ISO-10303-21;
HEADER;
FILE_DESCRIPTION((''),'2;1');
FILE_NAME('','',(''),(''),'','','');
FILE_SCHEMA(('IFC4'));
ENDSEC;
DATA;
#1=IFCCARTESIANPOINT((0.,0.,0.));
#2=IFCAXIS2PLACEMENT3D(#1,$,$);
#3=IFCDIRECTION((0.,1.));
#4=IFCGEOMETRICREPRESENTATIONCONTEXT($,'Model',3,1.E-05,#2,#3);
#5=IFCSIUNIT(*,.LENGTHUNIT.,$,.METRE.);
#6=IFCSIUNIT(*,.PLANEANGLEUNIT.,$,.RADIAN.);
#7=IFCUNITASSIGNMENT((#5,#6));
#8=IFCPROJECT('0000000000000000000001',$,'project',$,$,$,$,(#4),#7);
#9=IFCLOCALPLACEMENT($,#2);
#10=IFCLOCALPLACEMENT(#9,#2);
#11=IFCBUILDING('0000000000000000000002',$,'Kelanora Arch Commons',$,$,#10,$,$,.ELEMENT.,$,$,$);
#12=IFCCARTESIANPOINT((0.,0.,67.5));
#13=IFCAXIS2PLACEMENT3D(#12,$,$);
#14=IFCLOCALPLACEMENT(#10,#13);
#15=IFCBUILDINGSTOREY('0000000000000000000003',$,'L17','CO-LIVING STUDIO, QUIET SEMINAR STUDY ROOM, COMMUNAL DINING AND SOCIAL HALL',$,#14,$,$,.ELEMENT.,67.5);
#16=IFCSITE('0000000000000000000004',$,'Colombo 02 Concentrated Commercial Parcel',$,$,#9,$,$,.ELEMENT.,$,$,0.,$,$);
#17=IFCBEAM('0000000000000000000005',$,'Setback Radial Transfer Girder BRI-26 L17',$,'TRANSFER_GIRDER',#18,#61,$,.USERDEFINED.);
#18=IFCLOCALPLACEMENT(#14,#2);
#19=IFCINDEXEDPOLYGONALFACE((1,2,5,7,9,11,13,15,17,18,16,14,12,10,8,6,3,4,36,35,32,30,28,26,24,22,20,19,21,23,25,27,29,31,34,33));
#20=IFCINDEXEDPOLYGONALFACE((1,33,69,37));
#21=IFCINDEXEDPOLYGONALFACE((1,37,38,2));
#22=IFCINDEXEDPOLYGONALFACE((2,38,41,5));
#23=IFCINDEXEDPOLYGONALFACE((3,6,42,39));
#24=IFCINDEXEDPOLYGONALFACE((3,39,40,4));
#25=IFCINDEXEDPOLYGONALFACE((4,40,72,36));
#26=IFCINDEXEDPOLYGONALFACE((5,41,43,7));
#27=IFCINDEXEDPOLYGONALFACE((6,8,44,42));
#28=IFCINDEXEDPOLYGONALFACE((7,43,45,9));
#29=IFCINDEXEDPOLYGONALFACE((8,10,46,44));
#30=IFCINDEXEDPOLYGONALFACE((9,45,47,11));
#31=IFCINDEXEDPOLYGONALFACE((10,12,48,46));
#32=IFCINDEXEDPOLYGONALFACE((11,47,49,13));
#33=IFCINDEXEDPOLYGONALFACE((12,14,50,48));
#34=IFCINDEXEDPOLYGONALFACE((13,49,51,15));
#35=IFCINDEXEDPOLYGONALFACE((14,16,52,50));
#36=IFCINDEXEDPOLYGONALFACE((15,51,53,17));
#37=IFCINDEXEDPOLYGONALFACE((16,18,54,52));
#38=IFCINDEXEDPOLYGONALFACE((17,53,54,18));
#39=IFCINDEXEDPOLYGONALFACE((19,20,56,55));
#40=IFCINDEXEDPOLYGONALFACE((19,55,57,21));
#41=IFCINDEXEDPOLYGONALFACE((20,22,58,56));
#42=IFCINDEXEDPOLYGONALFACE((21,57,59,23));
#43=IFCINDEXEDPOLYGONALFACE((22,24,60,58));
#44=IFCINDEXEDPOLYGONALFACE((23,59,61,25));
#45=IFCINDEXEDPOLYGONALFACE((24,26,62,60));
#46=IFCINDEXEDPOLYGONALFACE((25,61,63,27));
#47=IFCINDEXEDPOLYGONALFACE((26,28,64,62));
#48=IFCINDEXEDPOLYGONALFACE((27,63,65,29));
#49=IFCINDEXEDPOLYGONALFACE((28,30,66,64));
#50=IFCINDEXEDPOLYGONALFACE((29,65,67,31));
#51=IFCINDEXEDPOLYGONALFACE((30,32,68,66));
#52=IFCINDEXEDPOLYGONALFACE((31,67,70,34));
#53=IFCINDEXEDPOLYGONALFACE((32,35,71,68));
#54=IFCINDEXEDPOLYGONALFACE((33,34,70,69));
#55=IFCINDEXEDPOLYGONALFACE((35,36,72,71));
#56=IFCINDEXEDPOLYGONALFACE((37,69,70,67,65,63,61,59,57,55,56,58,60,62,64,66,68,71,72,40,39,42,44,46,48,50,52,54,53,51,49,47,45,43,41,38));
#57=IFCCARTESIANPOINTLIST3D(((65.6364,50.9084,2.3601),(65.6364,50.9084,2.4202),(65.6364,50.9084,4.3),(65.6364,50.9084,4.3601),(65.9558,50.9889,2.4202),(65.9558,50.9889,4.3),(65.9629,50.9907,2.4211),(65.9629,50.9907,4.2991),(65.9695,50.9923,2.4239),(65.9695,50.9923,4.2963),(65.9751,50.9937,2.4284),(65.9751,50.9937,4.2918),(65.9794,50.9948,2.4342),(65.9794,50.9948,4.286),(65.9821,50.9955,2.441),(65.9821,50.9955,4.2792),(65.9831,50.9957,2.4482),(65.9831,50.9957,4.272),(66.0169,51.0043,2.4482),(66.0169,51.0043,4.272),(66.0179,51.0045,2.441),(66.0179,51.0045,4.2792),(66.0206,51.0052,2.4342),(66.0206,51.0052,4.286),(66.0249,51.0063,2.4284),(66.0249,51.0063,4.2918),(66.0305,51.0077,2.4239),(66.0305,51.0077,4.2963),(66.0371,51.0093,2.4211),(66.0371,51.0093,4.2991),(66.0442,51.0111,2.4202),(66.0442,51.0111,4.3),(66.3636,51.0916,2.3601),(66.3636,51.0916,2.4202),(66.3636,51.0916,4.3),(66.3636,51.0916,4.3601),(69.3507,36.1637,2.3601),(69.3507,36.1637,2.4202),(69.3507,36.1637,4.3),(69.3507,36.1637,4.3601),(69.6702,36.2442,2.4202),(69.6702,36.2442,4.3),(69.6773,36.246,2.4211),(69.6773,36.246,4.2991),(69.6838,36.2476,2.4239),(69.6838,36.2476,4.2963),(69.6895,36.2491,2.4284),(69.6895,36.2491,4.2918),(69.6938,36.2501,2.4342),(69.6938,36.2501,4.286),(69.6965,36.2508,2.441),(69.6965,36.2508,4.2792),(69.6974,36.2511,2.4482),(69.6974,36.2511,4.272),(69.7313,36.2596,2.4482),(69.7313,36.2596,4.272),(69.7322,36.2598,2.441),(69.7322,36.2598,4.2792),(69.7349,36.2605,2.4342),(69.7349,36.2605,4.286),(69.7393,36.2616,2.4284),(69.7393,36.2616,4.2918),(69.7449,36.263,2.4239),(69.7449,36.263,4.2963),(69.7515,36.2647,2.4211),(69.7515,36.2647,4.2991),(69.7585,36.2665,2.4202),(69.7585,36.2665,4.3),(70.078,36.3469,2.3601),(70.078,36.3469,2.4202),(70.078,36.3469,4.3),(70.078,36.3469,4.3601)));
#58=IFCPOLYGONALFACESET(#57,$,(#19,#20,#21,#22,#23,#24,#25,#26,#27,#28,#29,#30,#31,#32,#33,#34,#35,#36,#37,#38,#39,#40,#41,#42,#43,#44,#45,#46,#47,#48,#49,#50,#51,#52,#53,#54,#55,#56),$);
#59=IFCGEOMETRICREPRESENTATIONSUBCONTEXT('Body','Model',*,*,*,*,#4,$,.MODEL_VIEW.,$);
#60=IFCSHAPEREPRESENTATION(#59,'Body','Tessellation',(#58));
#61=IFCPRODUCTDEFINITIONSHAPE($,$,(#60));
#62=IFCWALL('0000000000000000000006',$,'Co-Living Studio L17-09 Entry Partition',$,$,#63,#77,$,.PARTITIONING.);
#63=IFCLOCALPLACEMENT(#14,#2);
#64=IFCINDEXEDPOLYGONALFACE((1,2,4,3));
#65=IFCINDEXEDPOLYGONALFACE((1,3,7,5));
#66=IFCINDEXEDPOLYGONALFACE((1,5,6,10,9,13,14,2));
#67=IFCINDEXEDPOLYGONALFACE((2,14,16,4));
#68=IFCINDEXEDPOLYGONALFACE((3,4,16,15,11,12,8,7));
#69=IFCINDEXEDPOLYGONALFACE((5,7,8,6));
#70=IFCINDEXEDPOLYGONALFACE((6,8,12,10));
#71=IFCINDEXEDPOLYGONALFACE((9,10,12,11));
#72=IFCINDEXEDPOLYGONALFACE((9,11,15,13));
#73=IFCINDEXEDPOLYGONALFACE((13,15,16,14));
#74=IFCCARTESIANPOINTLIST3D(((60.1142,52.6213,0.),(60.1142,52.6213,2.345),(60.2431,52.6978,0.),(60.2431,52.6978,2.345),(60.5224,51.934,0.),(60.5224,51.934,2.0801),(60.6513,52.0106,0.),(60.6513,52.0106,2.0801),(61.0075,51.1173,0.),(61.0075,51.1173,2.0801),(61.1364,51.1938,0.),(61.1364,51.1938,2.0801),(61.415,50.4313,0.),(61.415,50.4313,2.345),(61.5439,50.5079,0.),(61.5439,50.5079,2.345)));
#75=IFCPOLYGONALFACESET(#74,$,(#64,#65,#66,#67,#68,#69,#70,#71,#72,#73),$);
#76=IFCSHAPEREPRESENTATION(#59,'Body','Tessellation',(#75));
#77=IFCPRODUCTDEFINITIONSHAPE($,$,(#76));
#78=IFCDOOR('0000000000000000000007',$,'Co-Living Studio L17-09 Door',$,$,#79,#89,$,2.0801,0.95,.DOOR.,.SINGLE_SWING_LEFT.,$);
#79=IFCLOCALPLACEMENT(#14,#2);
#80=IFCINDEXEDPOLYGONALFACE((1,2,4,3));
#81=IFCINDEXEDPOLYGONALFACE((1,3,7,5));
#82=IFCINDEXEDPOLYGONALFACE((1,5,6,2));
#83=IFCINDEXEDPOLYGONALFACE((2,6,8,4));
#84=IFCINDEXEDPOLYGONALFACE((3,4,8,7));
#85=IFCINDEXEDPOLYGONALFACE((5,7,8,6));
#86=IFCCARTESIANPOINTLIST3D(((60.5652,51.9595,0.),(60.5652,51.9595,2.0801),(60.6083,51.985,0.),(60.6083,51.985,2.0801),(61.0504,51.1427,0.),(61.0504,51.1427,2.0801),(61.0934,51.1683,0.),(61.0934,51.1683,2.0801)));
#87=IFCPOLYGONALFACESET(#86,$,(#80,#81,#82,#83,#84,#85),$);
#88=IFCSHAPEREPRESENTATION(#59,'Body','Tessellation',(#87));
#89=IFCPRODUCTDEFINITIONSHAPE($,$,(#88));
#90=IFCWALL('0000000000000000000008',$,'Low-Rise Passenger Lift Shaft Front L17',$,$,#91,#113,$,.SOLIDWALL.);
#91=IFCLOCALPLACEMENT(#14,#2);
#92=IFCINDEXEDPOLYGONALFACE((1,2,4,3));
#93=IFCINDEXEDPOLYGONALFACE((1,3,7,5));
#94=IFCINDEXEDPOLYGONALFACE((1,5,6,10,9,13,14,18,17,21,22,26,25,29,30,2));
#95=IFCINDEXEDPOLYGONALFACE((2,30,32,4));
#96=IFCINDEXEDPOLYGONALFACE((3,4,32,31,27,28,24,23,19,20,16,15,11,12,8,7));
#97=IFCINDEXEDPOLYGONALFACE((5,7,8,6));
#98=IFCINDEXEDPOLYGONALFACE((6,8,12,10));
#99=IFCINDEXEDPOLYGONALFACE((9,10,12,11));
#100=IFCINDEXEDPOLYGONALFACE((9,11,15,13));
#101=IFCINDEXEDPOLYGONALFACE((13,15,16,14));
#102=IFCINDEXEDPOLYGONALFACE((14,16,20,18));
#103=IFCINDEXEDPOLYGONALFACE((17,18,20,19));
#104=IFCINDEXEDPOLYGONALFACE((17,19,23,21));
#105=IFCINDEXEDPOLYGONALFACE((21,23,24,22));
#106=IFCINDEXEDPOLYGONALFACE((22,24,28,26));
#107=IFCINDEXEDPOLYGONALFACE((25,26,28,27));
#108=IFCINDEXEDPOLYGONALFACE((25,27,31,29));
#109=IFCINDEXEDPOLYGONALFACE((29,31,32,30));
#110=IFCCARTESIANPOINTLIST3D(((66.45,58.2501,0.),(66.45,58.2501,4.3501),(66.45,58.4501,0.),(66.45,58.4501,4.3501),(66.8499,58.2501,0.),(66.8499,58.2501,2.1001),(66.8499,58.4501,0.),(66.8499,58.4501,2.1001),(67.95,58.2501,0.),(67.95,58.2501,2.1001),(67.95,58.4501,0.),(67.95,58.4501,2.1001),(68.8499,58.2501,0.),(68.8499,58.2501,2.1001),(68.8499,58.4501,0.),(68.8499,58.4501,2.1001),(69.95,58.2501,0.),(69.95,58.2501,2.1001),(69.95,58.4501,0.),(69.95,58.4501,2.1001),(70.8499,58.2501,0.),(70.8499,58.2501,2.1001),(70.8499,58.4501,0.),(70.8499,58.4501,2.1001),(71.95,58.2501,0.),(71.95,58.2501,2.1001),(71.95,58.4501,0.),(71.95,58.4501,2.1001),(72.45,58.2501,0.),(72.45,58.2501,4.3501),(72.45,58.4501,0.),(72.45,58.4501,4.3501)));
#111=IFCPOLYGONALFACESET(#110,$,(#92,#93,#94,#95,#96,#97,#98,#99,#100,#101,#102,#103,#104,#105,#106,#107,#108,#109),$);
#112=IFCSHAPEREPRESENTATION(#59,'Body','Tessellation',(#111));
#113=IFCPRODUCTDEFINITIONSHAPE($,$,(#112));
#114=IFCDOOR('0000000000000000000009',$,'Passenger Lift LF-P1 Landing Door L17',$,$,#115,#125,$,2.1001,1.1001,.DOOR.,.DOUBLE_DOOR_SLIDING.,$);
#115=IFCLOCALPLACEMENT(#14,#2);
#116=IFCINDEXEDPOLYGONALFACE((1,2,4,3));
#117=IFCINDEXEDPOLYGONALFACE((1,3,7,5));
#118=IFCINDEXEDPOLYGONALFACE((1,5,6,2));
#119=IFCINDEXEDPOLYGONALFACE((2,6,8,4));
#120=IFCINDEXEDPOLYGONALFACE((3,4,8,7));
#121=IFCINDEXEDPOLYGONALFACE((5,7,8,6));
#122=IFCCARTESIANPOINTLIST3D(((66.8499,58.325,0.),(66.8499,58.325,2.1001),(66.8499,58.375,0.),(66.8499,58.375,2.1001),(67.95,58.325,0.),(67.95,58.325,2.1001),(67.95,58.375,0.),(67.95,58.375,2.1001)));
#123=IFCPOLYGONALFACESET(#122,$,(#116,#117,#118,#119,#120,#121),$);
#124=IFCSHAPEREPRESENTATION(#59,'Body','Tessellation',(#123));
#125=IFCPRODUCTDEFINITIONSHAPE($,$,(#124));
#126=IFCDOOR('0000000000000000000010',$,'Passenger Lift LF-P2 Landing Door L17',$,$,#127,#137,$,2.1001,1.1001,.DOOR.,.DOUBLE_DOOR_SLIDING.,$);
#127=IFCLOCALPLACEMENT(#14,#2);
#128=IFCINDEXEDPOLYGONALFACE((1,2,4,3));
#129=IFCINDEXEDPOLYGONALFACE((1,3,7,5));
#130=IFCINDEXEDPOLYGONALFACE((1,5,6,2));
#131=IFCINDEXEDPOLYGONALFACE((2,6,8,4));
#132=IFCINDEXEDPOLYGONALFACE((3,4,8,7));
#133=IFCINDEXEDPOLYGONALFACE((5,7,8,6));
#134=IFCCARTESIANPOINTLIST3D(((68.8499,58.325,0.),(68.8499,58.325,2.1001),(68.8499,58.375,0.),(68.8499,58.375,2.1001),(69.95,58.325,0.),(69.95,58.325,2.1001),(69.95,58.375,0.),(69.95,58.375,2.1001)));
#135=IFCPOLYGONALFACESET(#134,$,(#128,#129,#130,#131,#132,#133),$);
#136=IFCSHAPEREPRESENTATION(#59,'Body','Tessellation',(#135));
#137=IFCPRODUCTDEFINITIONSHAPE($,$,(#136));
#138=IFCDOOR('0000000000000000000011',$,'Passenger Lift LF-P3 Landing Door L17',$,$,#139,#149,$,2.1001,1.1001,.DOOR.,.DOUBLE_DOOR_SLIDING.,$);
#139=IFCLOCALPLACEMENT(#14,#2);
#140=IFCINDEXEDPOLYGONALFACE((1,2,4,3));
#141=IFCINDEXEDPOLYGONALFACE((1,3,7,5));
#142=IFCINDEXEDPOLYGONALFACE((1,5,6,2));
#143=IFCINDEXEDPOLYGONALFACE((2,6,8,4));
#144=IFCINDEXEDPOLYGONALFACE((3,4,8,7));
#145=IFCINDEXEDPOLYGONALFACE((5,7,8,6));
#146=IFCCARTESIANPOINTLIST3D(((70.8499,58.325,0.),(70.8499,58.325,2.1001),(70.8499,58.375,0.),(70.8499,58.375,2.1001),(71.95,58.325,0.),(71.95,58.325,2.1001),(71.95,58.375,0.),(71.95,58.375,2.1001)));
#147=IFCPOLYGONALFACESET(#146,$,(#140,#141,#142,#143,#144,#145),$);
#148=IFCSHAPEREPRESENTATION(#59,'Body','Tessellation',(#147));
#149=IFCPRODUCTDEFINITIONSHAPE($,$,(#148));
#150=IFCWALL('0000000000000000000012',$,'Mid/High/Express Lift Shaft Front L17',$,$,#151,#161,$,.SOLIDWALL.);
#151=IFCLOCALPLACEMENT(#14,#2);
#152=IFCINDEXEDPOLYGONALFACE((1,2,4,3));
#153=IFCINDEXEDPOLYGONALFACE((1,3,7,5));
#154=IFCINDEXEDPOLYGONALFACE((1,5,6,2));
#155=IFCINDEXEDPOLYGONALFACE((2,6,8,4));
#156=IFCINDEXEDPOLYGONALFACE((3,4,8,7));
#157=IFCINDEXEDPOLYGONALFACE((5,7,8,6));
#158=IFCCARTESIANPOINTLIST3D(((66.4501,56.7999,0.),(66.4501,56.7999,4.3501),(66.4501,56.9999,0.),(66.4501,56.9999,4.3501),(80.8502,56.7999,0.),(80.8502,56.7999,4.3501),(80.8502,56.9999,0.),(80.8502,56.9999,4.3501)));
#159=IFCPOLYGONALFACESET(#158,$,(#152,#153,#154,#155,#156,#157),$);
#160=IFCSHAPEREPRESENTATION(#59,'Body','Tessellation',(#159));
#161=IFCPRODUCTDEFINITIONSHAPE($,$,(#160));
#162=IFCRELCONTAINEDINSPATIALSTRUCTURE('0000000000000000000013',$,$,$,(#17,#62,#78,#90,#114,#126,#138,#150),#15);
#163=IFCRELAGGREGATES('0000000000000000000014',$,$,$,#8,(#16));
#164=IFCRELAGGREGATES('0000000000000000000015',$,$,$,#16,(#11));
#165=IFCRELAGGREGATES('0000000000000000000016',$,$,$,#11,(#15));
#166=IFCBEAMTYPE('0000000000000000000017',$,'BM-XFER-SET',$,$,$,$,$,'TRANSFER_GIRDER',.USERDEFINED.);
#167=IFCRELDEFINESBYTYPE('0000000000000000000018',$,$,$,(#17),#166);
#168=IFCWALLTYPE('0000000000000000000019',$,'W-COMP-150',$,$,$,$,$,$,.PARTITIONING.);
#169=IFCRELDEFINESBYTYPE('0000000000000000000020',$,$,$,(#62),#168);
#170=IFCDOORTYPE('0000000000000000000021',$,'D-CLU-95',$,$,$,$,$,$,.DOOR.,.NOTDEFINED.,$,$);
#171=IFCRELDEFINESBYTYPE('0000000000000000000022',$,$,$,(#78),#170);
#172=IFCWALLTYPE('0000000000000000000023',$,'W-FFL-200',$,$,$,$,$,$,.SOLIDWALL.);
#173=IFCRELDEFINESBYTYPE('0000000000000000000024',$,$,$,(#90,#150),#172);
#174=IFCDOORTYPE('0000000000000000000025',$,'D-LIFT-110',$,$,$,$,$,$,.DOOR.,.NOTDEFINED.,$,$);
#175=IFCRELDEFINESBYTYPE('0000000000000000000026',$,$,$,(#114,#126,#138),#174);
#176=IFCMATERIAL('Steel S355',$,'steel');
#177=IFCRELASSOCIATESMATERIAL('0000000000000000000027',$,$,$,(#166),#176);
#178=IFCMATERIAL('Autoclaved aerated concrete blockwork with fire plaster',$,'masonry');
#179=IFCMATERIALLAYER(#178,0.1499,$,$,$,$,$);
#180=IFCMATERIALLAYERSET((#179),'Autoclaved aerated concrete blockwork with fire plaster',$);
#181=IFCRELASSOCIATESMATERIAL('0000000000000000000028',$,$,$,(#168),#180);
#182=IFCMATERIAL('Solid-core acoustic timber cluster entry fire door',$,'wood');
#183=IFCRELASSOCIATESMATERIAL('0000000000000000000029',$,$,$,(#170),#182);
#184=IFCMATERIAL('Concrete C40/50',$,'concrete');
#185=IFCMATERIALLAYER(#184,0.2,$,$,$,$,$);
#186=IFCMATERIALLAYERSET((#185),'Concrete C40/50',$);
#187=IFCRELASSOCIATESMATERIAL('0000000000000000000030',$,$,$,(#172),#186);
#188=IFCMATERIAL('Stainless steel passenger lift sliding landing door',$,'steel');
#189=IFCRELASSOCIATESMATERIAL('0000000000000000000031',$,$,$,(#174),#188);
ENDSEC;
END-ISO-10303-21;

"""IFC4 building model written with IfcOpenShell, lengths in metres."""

from ifc_helpers import new_model, si_unit, direction, frame, frame_2d, origin, origin_2d, place, context, subcontext, project, spatial, rectangle, i_section, extrude, material, layer, layer_set, material_profile, profile_set, type_object, element, fill, save


model = new_model("IFC4")

# Units and contexts
model_context = context("Model", 3, precision=1e-05, world=origin(), true_north=direction((0.0, 1.0)))
body_context = subcontext(model_context, "Body", "Model", "MODEL_VIEW")
ifc_project = project(units=[si_unit("LENGTHUNIT", "METRE"), si_unit("PLANEANGLEUNIT", "RADIAN")], contexts=[model_context])

# Site, building, storey
site_placement = place(None, origin())
site = spatial("IfcSite", under=ifc_project, at=site_placement, Name="Colombo 02 Concentrated Commercial Parcel", CompositionType="ELEMENT", RefElevation=0.0)
building_placement = place(site_placement, origin())
building = spatial("IfcBuilding", under=site, at=building_placement, Name="Kelanora Arch Commons", CompositionType="ELEMENT")
storey_placement = place(building_placement, frame((0.0, 0.0, 67.5)))
storey = spatial("IfcBuildingStorey", under=building, at=storey_placement, Name="L17", Description="CO-LIVING STUDIO, QUIET SEMINAR STUDY ROOM, COMMUNAL DINING AND SOCIAL HALL", CompositionType="ELEMENT", Elevation=67.5)

# Beam
ifc_material_1 = material(Name="Steel S355", Category="steel")
ifc_material_profile_1 = material_profile(ifc_material_1, i_section(OverallWidth=0.75, OverallDepth=2.0, WebThickness=0.0349, FlangeThickness=0.0601, FilletRadius=0.0281, at=origin_2d()), Name="PG2000x750")
ifc_profile_set_1 = profile_set([ifc_material_profile_1], Name="Steel S355")
beam_type_1 = type_object("IfcBeamType", Name="BM-XFER-SET", ElementType="TRANSFER_GIRDER", PredefinedType="USERDEFINED", material=ifc_profile_set_1)
beam_1_placement = place(storey_placement, frame((66.0, 51.0, 3.3601), z_axis=(0.244281, -0.969705, 0.0), x_axis=(0.969705, 0.244281, 0.0)))
element("IfcBeam", 1, at=beam_1_placement, inside=storey, type_object=beam_type_1, Name="Setback Radial Transfer Girder BRI-26 L17", ObjectType="TRANSFER_GIRDER", PredefinedType="USERDEFINED", context=body_context, shape_type="SweptSolid", body=[
    extrude(i_section(OverallWidth=0.75, OverallDepth=2.0, WebThickness=0.0349, FlangeThickness=0.0601, FilletRadius=0.0281, at=origin_2d()), origin(), (0.0, 0.0, 1.0), 15.2053),
])

# Wall, opening, door
ifc_material_2 = material(Name="Autoclaved aerated concrete blockwork with fire plaster", Category="masonry")
ifc_layer_1 = layer(ifc_material_2, 0.1499)
ifc_layer_set_1 = layer_set([ifc_layer_1], Name="Autoclaved aerated concrete blockwork with fire plaster")
wall_type_1 = type_object("IfcWallType", Name="W-COMP-150", PredefinedType="PARTITIONING", material=ifc_layer_set_1)
wall_1_placement = place(storey_placement, frame((60.1787, 52.6594, 0.0), z_axis=(0.0, 0.0, 1.0), x_axis=(0.510685, -0.859768, 0.0)))
wall_1 = element("IfcWall", 2, at=wall_1_placement, inside=storey, type_object=wall_type_1, Name="Co-Living Studio L17-09 Entry Partition", PredefinedType="PARTITIONING", context=body_context, shape_type="SweptSolid", body=[
    extrude(rectangle(XDim=2.5471, YDim=0.1499, at=frame_2d((1.2734, 0.0))), origin(), (0.0, 0.0, 1.0), 2.345),
])
opening_1_placement = place(wall_1_placement, frame((0.7991, 0.0, 0.0)))
opening_1 = element("IfcOpeningElement", 3, at=opening_1_placement, cuts=wall_1, PredefinedType="OPENING", context=body_context, shape_type="SweptSolid", body=[
    extrude(rectangle(XDim=0.95, YDim=2.0801, at=frame_2d((0.4751, 1.04))), frame((0.0, 0.085, 0.0), z_axis=(0.0, -1.0, 0.0), x_axis=(1.0, 0.0, 0.0)), (0.0, 0.0, 1.0), 0.1699),
])
ifc_material_3 = material(Name="Solid-core acoustic timber cluster entry fire door", Category="wood")
door_type_1 = type_object("IfcDoorType", Name="D-CLU-95", OperationType="NOTDEFINED", PredefinedType="DOOR", material=ifc_material_3)
door_1_placement = place(opening_1_placement, origin())
door_1 = element("IfcDoor", 4, at=door_1_placement, inside=storey, type_object=door_type_1, Name="Co-Living Studio L17-09 Door", OperationType="SINGLE_SWING_LEFT", OverallHeight=2.0801, OverallWidth=0.95, PredefinedType="DOOR", context=body_context, shape_type="SweptSolid", body=[
    extrude(rectangle(XDim=0.95, YDim=2.0801, at=frame_2d((0.4751, 1.04))), frame((0.0, 0.0249, 0.0), z_axis=(0.0, -1.0, 0.0), x_axis=(1.0, 0.0, 0.0)), (0.0, 0.0, 1.0), 0.05),
])
fill(opening_1, door_1)

# Wall, openings, doors
ifc_material_4 = material(Name="Concrete C40/50", Category="concrete")
ifc_layer_2 = layer(ifc_material_4, 0.2)
ifc_layer_set_2 = layer_set([ifc_layer_2], Name="Concrete C40/50")
wall_type_2 = type_object("IfcWallType", Name="W-FFL-200", PredefinedType="SOLIDWALL", material=ifc_layer_set_2)
wall_2_placement = place(storey_placement, frame((66.45, 58.3501, 0.0), z_axis=(0.0, 0.0, 1.0), x_axis=(1.0, 0.0, 0.0)))
wall_2 = element("IfcWall", 5, at=wall_2_placement, inside=storey, type_object=wall_type_2, Name="Low-Rise Passenger Lift Shaft Front L17", PredefinedType="SOLIDWALL", context=body_context, shape_type="SweptSolid", body=[
    extrude(rectangle(XDim=6.0, YDim=0.2, at=frame_2d((3.0, 0.0))), origin(), (0.0, 0.0, 1.0), 4.3501),
])
opening_2_placement = place(wall_2_placement, frame((0.3999, 0.0, 0.0)))
opening_2 = element("IfcOpeningElement", 6, at=opening_2_placement, cuts=wall_2, PredefinedType="OPENING", context=body_context, shape_type="SweptSolid", body=[
    extrude(rectangle(XDim=1.1001, YDim=2.1001, at=frame_2d((0.55, 1.05))), frame((0.0, 0.1099, 0.0), z_axis=(0.0, -1.0, 0.0), x_axis=(1.0, 0.0, 0.0)), (0.0, 0.0, 1.0), 0.22),
])
opening_3_placement = place(wall_2_placement, frame((2.3999, 0.0, 0.0)))
opening_3 = element("IfcOpeningElement", 7, at=opening_3_placement, cuts=wall_2, PredefinedType="OPENING", context=body_context, shape_type="SweptSolid", body=[
    extrude(rectangle(XDim=1.1001, YDim=2.1001, at=frame_2d((0.55, 1.05))), frame((0.0, 0.1099, 0.0), z_axis=(0.0, -1.0, 0.0), x_axis=(1.0, 0.0, 0.0)), (0.0, 0.0, 1.0), 0.22),
])
opening_4_placement = place(wall_2_placement, frame((4.3999, 0.0, 0.0)))
opening_4 = element("IfcOpeningElement", 8, at=opening_4_placement, cuts=wall_2, PredefinedType="OPENING", context=body_context, shape_type="SweptSolid", body=[
    extrude(rectangle(XDim=1.1001, YDim=2.1001, at=frame_2d((0.55, 1.05))), frame((0.0, 0.1099, 0.0), z_axis=(0.0, -1.0, 0.0), x_axis=(1.0, 0.0, 0.0)), (0.0, 0.0, 1.0), 0.22),
])
ifc_material_5 = material(Name="Stainless steel passenger lift sliding landing door", Category="steel")
door_type_2 = type_object("IfcDoorType", Name="D-LIFT-110", OperationType="NOTDEFINED", PredefinedType="DOOR", material=ifc_material_5)
door_2_placement = place(opening_2_placement, origin())
door_2 = element("IfcDoor", 9, at=door_2_placement, inside=storey, type_object=door_type_2, Name="Passenger Lift LF-P1 Landing Door L17", OperationType="DOUBLE_DOOR_SLIDING", OverallHeight=2.1001, OverallWidth=1.1001, PredefinedType="DOOR", context=body_context, shape_type="SweptSolid", body=[
    extrude(rectangle(XDim=1.1001, YDim=2.1001, at=frame_2d((0.55, 1.05))), frame((0.0, 0.0249, 0.0), z_axis=(0.0, -1.0, 0.0), x_axis=(1.0, 0.0, 0.0)), (0.0, 0.0, 1.0), 0.05),
])
fill(opening_2, door_2)
door_3_placement = place(opening_3_placement, origin())
door_3 = element("IfcDoor", 10, at=door_3_placement, inside=storey, type_object=door_type_2, Name="Passenger Lift LF-P2 Landing Door L17", OperationType="DOUBLE_DOOR_SLIDING", OverallHeight=2.1001, OverallWidth=1.1001, PredefinedType="DOOR", context=body_context, shape_type="SweptSolid", body=[
    extrude(rectangle(XDim=1.1001, YDim=2.1001, at=frame_2d((0.55, 1.05))), frame((0.0, 0.0249, 0.0), z_axis=(0.0, -1.0, 0.0), x_axis=(1.0, 0.0, 0.0)), (0.0, 0.0, 1.0), 0.05),
])
fill(opening_3, door_3)
door_4_placement = place(opening_4_placement, origin())
door_4 = element("IfcDoor", 11, at=door_4_placement, inside=storey, type_object=door_type_2, Name="Passenger Lift LF-P3 Landing Door L17", OperationType="DOUBLE_DOOR_SLIDING", OverallHeight=2.1001, OverallWidth=1.1001, PredefinedType="DOOR", context=body_context, shape_type="SweptSolid", body=[
    extrude(rectangle(XDim=1.1001, YDim=2.1001, at=frame_2d((0.55, 1.05))), frame((0.0, 0.0249, 0.0), z_axis=(0.0, -1.0, 0.0), x_axis=(1.0, 0.0, 0.0)), (0.0, 0.0, 1.0), 0.05),
])
fill(opening_4, door_4)

# Wall
wall_3_placement = place(storey_placement, frame((66.45, 56.8999, 0.0), z_axis=(0.0, 0.0, 1.0), x_axis=(1.0, 0.0, 0.0)))
element("IfcWall", 12, at=wall_3_placement, inside=storey, type_object=wall_type_2, Name="Mid/High/Express Lift Shaft Front L17", PredefinedType="SOLIDWALL", context=body_context, shape_type="SweptSolid", body=[
    extrude(rectangle(XDim=14.4001, YDim=0.2, at=frame_2d((7.2002, 0.0))), origin(), (0.0, 0.0, 1.0), 4.3501),
])

save(model, "model.ifc")
